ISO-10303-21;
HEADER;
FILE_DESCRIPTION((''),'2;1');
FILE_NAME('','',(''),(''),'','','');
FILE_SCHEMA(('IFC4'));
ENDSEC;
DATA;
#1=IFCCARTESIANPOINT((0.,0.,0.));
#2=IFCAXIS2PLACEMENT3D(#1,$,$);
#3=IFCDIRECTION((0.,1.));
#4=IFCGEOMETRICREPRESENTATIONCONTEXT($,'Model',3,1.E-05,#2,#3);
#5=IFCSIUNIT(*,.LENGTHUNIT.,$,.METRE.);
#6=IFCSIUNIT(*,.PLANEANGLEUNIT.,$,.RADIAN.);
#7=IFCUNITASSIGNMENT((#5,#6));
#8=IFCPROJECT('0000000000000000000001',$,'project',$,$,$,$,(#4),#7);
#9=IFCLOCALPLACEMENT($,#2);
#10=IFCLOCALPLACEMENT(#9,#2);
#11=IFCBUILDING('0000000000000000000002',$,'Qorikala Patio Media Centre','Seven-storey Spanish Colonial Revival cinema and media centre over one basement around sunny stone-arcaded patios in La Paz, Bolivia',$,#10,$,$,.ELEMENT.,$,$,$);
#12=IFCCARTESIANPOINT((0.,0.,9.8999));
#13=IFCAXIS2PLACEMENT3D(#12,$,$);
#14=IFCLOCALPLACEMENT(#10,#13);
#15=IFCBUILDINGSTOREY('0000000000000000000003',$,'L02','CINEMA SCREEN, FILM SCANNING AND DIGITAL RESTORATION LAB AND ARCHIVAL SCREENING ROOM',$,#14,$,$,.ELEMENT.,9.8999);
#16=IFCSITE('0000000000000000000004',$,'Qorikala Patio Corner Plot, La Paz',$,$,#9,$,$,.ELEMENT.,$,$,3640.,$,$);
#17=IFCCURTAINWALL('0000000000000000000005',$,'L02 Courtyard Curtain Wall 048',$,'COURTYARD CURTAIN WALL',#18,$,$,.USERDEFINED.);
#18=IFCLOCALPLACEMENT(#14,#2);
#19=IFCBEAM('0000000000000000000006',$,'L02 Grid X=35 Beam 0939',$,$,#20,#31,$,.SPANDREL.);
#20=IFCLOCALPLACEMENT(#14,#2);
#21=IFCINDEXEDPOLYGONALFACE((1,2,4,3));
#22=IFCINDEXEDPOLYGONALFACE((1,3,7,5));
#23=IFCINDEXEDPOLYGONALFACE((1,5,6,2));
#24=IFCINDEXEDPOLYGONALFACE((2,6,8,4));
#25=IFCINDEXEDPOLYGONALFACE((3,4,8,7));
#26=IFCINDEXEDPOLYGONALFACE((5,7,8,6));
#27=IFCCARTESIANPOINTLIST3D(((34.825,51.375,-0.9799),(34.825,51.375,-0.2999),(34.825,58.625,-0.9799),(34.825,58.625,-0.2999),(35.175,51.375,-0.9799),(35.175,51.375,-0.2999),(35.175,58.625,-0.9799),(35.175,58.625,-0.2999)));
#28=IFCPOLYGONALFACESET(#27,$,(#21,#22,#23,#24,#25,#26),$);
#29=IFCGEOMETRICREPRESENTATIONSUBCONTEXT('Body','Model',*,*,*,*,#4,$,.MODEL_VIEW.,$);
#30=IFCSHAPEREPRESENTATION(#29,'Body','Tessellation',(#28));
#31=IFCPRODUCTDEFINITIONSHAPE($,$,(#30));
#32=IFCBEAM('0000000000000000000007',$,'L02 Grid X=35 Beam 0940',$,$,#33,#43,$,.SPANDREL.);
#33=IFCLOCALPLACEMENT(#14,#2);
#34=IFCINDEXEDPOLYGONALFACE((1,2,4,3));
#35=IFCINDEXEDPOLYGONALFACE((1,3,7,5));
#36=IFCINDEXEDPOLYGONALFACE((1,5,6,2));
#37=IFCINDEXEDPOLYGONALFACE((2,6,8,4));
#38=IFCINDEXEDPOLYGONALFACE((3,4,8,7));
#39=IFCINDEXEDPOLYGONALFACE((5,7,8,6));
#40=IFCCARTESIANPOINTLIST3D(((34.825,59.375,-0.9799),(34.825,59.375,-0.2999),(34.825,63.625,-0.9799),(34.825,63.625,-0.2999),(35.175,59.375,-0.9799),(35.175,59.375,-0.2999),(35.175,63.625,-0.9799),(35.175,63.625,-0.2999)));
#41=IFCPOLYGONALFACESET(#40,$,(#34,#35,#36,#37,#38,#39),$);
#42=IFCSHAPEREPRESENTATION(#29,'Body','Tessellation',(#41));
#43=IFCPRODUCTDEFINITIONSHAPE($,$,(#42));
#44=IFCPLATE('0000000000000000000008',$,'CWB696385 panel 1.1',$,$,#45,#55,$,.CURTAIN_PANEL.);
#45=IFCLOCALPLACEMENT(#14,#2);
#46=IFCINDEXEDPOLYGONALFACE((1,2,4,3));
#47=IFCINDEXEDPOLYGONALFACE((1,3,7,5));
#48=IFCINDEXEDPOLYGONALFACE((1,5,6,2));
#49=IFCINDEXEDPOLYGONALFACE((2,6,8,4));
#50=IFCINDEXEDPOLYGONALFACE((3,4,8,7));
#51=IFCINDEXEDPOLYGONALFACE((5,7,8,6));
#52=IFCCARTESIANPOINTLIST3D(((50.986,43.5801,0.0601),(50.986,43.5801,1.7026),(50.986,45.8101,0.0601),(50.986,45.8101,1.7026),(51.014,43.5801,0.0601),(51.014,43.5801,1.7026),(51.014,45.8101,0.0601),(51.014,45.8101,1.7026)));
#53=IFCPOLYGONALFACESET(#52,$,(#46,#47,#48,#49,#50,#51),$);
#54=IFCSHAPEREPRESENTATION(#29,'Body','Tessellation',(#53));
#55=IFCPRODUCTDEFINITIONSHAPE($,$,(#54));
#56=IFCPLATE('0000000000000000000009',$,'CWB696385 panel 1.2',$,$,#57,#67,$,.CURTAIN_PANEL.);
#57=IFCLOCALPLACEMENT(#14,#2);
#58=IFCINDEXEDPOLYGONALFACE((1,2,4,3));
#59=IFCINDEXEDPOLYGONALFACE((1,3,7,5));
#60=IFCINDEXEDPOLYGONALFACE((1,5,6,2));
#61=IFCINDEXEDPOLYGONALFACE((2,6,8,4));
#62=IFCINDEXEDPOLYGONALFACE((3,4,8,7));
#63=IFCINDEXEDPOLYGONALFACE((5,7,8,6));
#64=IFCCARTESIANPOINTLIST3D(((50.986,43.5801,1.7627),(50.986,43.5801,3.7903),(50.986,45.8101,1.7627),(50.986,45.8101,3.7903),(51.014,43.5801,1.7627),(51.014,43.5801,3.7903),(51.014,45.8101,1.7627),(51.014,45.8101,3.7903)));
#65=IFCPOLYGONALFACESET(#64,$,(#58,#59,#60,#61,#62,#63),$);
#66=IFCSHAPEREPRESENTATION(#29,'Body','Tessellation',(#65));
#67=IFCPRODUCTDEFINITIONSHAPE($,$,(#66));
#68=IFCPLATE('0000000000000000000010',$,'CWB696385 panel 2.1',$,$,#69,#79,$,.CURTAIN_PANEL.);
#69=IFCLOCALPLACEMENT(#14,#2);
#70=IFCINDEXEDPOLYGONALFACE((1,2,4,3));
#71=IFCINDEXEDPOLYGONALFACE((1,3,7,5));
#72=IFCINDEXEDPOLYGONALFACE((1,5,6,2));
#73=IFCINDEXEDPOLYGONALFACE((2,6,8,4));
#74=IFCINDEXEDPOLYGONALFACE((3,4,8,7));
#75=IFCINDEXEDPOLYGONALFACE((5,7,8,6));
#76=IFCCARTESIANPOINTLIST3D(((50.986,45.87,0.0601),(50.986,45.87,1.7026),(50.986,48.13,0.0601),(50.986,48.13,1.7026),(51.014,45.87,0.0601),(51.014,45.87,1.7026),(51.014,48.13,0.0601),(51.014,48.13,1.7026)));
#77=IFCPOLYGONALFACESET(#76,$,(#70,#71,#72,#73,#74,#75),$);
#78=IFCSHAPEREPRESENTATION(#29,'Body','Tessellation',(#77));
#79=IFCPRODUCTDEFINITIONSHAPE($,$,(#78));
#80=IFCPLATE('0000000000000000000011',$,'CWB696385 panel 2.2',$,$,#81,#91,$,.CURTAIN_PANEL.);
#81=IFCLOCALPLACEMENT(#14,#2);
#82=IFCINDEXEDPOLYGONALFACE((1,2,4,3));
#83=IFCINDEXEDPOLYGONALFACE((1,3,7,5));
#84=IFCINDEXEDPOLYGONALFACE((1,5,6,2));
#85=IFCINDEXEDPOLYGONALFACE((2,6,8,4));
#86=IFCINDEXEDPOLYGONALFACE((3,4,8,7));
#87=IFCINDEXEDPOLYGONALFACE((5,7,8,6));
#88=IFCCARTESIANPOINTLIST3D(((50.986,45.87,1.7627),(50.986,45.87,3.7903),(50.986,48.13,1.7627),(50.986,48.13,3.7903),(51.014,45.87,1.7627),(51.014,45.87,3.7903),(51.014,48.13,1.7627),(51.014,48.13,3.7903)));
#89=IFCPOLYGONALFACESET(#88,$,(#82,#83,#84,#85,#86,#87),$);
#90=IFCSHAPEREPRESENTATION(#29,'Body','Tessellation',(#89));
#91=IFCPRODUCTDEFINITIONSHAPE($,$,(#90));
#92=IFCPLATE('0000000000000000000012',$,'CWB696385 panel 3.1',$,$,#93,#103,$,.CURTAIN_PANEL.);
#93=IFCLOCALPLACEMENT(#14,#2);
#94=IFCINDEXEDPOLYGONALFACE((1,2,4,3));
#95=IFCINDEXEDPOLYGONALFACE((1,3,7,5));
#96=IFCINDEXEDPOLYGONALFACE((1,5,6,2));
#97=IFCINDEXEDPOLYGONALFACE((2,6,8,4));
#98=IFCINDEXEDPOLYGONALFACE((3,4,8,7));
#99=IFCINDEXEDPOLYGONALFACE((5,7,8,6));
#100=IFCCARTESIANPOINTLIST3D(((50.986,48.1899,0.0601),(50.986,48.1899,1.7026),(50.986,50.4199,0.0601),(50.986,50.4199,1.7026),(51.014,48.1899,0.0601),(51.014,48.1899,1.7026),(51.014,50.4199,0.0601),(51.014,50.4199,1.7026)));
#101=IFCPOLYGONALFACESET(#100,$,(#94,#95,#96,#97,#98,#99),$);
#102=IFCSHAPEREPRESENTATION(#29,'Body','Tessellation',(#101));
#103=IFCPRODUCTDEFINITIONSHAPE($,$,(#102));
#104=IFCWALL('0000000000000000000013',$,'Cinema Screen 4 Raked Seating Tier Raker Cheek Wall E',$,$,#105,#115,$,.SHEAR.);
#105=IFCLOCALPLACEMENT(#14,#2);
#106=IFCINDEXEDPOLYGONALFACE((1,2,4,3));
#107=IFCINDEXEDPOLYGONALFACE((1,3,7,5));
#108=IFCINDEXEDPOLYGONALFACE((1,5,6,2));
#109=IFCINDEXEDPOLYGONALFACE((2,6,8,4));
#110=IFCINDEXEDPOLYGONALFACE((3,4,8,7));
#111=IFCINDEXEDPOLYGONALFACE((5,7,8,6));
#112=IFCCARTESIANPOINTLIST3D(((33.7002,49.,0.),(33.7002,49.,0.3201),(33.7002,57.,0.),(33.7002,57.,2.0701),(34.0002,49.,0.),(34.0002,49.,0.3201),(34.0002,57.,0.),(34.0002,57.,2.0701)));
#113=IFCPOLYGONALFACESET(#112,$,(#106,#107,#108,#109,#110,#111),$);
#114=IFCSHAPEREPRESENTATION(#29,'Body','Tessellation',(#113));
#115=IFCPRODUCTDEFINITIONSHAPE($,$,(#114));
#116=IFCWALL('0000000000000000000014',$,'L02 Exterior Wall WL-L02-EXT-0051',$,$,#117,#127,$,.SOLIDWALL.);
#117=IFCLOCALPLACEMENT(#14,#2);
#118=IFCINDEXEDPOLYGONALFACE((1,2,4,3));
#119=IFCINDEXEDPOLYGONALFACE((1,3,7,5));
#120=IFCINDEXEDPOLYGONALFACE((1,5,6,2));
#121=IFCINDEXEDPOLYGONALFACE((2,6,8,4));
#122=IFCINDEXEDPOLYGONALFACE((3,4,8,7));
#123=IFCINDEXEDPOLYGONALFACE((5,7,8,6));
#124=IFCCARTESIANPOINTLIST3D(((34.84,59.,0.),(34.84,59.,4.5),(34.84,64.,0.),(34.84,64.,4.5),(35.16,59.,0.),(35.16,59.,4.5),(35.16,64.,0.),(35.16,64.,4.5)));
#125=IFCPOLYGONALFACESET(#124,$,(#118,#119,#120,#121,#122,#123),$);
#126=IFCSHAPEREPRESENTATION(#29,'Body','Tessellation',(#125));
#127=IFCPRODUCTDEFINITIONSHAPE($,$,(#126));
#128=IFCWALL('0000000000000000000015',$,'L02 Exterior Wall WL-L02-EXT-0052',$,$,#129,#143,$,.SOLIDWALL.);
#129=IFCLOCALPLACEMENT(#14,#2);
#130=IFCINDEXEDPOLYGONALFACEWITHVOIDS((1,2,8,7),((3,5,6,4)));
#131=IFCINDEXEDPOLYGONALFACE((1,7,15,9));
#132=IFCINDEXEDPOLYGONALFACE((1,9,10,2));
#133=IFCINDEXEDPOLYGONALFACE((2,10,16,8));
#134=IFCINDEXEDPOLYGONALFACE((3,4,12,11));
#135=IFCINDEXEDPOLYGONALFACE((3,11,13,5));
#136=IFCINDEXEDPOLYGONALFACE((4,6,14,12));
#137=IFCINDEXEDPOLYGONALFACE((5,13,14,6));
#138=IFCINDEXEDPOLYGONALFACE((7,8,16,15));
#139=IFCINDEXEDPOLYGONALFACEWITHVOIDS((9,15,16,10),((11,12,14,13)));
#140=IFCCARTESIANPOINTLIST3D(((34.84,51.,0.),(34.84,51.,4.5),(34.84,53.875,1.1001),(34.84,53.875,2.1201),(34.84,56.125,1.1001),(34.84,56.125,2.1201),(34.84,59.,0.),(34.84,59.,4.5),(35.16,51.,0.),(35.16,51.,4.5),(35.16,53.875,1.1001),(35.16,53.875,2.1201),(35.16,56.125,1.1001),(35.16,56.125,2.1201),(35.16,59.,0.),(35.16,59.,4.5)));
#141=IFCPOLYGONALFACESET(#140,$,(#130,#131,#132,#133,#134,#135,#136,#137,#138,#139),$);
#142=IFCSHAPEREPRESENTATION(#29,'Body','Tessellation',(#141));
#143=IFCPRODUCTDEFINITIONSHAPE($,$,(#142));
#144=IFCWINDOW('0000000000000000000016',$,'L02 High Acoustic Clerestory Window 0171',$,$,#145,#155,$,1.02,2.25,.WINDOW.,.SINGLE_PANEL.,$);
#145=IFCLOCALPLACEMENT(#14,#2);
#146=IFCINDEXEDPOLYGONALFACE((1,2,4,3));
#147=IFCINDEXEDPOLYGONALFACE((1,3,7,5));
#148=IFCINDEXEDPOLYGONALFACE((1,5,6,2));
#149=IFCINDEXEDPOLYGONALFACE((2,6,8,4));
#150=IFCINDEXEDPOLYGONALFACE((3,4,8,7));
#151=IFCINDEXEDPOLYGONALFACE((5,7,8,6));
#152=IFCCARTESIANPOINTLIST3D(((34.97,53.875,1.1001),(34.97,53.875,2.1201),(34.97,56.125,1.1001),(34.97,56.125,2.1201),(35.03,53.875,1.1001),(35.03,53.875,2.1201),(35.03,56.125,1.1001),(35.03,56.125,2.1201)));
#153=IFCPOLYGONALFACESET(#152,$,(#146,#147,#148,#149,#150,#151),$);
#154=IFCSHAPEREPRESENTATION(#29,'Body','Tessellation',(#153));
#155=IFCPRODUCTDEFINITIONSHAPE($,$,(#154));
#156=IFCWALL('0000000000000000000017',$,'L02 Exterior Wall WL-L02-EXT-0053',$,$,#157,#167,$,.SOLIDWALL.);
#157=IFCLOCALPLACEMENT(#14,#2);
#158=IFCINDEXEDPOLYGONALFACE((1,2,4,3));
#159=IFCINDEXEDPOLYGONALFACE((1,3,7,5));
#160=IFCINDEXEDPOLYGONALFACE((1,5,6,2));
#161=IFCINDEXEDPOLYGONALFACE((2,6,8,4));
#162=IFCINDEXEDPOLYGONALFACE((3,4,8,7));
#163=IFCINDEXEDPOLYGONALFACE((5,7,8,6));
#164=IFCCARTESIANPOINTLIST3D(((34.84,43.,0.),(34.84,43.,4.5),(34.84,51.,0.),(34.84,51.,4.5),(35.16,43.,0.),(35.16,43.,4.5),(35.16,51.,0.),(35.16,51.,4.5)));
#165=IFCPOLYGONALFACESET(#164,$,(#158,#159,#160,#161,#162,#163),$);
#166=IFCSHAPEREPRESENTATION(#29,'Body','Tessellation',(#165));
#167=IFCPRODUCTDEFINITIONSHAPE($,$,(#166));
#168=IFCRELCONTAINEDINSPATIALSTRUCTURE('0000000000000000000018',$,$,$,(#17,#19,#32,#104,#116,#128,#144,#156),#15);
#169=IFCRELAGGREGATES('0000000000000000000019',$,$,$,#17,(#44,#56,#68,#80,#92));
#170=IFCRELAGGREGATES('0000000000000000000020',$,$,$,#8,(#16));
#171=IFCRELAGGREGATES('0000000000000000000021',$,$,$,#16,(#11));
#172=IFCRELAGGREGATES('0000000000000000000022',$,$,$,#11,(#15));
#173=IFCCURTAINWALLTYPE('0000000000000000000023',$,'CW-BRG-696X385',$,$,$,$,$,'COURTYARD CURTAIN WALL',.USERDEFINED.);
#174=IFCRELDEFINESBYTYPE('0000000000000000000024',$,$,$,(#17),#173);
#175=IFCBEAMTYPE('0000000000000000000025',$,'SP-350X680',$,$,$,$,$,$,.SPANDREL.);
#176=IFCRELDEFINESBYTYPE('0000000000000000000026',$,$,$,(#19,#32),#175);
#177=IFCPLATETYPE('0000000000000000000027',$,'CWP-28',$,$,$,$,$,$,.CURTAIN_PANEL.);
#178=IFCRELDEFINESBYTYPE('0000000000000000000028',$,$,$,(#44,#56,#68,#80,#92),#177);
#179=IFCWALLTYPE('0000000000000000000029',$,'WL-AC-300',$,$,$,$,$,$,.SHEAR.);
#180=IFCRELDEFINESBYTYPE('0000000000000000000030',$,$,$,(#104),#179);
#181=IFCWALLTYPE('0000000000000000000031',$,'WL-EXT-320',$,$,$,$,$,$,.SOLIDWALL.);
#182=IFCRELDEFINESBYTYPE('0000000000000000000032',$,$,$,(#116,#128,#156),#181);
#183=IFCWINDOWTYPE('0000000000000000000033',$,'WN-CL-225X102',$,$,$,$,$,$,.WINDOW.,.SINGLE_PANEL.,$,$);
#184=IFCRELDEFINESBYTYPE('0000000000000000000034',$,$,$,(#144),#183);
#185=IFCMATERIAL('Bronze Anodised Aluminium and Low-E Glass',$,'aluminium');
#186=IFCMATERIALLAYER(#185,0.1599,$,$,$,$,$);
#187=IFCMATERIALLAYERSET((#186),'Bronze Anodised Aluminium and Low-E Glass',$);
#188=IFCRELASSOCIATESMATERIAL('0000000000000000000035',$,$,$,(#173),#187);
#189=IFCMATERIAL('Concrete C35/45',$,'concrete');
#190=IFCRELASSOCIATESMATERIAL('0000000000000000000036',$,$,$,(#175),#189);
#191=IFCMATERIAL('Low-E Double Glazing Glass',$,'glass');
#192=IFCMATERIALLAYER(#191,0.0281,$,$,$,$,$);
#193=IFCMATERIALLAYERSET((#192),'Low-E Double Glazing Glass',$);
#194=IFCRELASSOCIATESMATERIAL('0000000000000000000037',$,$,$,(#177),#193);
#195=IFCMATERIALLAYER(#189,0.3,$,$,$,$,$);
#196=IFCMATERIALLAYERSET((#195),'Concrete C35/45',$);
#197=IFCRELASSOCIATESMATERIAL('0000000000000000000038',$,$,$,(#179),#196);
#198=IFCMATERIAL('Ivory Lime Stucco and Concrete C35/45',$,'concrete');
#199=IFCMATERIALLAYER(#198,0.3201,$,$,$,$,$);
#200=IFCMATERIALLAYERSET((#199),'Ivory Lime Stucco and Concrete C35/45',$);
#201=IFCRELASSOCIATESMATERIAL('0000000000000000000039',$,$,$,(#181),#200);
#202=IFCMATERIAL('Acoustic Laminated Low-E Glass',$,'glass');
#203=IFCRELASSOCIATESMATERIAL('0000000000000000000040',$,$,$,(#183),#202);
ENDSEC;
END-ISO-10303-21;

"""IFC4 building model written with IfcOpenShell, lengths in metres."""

from ifc_helpers import new_model, si_unit, direction, frame, frame_2d, origin, origin_2d, place, context, subcontext, project, spatial, polyline, rectangle, outline, extrude, material, layer, layer_set, material_profile, profile_set, type_object, element, fill, aggregate, save


model = new_model("IFC4")

# Units and contexts
model_context = context("Model", 3, precision=1e-05, world=origin(), true_north=direction((0.0, 1.0)))
body_context = subcontext(model_context, "Body", "Model", "MODEL_VIEW")
ifc_project = project(units=[si_unit("LENGTHUNIT", "METRE"), si_unit("PLANEANGLEUNIT", "RADIAN")], contexts=[model_context])

# Site, building, storey
site_placement = place(None, origin())
site = spatial("IfcSite", under=ifc_project, at=site_placement, Name="Qorikala Patio Corner Plot, La Paz", CompositionType="ELEMENT", RefElevation=3640.0)
building_placement = place(site_placement, origin())
building = spatial("IfcBuilding", under=site, at=building_placement, Name="Qorikala Patio Media Centre", Description="Seven-storey Spanish Colonial Revival cinema and media centre over one basement around sunny stone-arcaded patios in La Paz, Bolivia", CompositionType="ELEMENT")
storey_placement = place(building_placement, frame((0.0, 0.0, 9.8999)))
storey = spatial("IfcBuildingStorey", under=building, at=storey_placement, Name="L02", Description="CINEMA SCREEN, FILM SCANNING AND DIGITAL RESTORATION LAB AND ARCHIVAL SCREENING ROOM", CompositionType="ELEMENT", Elevation=9.8999)

# Shared definitions
ifc_material_1 = material(Name="Concrete C35/45", Category="concrete")

# Curtain wall
ifc_material_2 = material(Name="Bronze Anodised Aluminium and Low-E Glass", Category="aluminium")
ifc_layer_1 = layer(ifc_material_2, 0.1599)
ifc_layer_set_1 = layer_set([ifc_layer_1], Name="Bronze Anodised Aluminium and Low-E Glass")
curtain_wall_type = type_object("IfcCurtainWallType", Name="CW-BRG-696X385", ElementType="COURTYARD CURTAIN WALL", PredefinedType="USERDEFINED", material=ifc_layer_set_1)
curtain_wall_placement = place(storey_placement, origin())
curtain_wall = element("IfcCurtainWall", 1, at=curtain_wall_placement, inside=storey, type_object=curtain_wall_type, Name="L02 Courtyard Curtain Wall 048", ObjectType="COURTYARD CURTAIN WALL", PredefinedType="USERDEFINED")

# Beams
ifc_material_profile_1 = material_profile(ifc_material_1, rectangle(XDim=0.3501, YDim=0.6799, at=origin_2d()), Name="RC 350x680")
ifc_profile_set_1 = profile_set([ifc_material_profile_1], Name="Concrete C35/45")
beam_type_1 = type_object("IfcBeamType", Name="SP-350X680", PredefinedType="SPANDREL", material=ifc_profile_set_1)
beam_1_placement = place(storey_placement, frame((35.0, 51.375, -0.6399), z_axis=(0.0, 1.0, 0.0), x_axis=(-1.0, 0.0, 0.0)))
element("IfcBeam", 2, at=beam_1_placement, inside=storey, type_object=beam_type_1, Name="L02 Grid X=35 Beam 0939", PredefinedType="SPANDREL", context=body_context, shape_type="SweptSolid", body=[
    extrude(rectangle(XDim=0.3501, YDim=0.6799, at=origin_2d()), origin(), (0.0, 0.0, 1.0), 7.25),
])
beam_2_placement = place(storey_placement, frame((35.0, 59.375, -0.6399), z_axis=(0.0, 1.0, 0.0), x_axis=(-1.0, 0.0, 0.0)))
element("IfcBeam", 3, at=beam_2_placement, inside=storey, type_object=beam_type_1, Name="L02 Grid X=35 Beam 0940", PredefinedType="SPANDREL", context=body_context, shape_type="SweptSolid", body=[
    extrude(rectangle(XDim=0.3501, YDim=0.6799, at=origin_2d()), origin(), (0.0, 0.0, 1.0), 4.25),
])

# Plates
ifc_material_3 = material(Name="Low-E Double Glazing Glass", Category="glass")
ifc_layer_2 = layer(ifc_material_3, 0.0281)
ifc_layer_set_2 = layer_set([ifc_layer_2], Name="Low-E Double Glazing Glass")
plate_type = type_object("IfcPlateType", Name="CWP-28", PredefinedType="CURTAIN_PANEL", material=ifc_layer_set_2)
plate_1_placement = place(storey_placement, frame((51.0, 44.6951, 0.0601), z_axis=(0.0, 0.0, 1.0), x_axis=(0.0, 1.0, 0.0)))
plate_1 = element("IfcPlate", 4, at=plate_1_placement, type_object=plate_type, Name="CWB696385 panel 1.1", PredefinedType="CURTAIN_PANEL", context=body_context, shape_type="SweptSolid", body=[
    extrude(rectangle(XDim=2.23, YDim=0.0281, at=origin_2d()), origin(), (0.0, 0.0, 1.0), 1.6426),
])
plate_2_placement = place(storey_placement, frame((51.0, 44.6951, 1.7627), z_axis=(0.0, 0.0, 1.0), x_axis=(0.0, 1.0, 0.0)))
plate_2 = element("IfcPlate", 5, at=plate_2_placement, type_object=plate_type, Name="CWB696385 panel 1.2", PredefinedType="CURTAIN_PANEL", context=body_context, shape_type="SweptSolid", body=[
    extrude(rectangle(XDim=2.23, YDim=0.0281, at=origin_2d()), origin(), (0.0, 0.0, 1.0), 2.0276),
])
plate_3_placement = place(storey_placement, frame((51.0, 47.0, 0.0601), z_axis=(0.0, 0.0, 1.0), x_axis=(0.0, 1.0, 0.0)))
plate_3 = element("IfcPlate", 6, at=plate_3_placement, type_object=plate_type, Name="CWB696385 panel 2.1", PredefinedType="CURTAIN_PANEL", context=body_context, shape_type="SweptSolid", body=[
    extrude(rectangle(XDim=2.26, YDim=0.0281, at=origin_2d()), origin(), (0.0, 0.0, 1.0), 1.6426),
])
plate_4_placement = place(storey_placement, frame((51.0, 47.0, 1.7627), z_axis=(0.0, 0.0, 1.0), x_axis=(0.0, 1.0, 0.0)))
plate_4 = element("IfcPlate", 7, at=plate_4_placement, type_object=plate_type, Name="CWB696385 panel 2.2", PredefinedType="CURTAIN_PANEL", context=body_context, shape_type="SweptSolid", body=[
    extrude(rectangle(XDim=2.26, YDim=0.0281, at=origin_2d()), origin(), (0.0, 0.0, 1.0), 2.0276),
])
plate_5_placement = place(storey_placement, frame((51.0, 49.3049, 0.0601), z_axis=(0.0, 0.0, 1.0), x_axis=(0.0, 1.0, 0.0)))
plate_5 = element("IfcPlate", 8, at=plate_5_placement, type_object=plate_type, Name="CWB696385 panel 3.1", PredefinedType="CURTAIN_PANEL", context=body_context, shape_type="SweptSolid", body=[
    extrude(rectangle(XDim=2.23, YDim=0.0281, at=origin_2d()), origin(), (0.0, 0.0, 1.0), 1.6426),
])
aggregate(curtain_wall, [plate_1, plate_2, plate_3, plate_4, plate_5])

# Walls
ifc_layer_3 = layer(ifc_material_1, 0.3)
ifc_layer_set_3 = layer_set([ifc_layer_3], Name="Concrete C35/45")
wall_type_1 = type_object("IfcWallType", Name="WL-AC-300", PredefinedType="SHEAR", material=ifc_layer_set_3)
wall_1_placement = place(storey_placement, frame((33.8501, 49.0, 0.0), z_axis=(0.0, 0.0, 1.0), x_axis=(0.0, 1.0, 0.0)))
element("IfcWall", 9, at=wall_1_placement, inside=storey, type_object=wall_type_1, Name="Cinema Screen 4 Raked Seating Tier Raker Cheek Wall E", PredefinedType="SHEAR", context=body_context, shape_type="SweptSolid", body=[
    extrude(outline(polyline([(0.0, 0.0), (8.0, 0.0), (8.0, 2.0701), (0.0, 0.3201), (0.0, 0.0)])), frame((0.0, 0.1499, 0.0), z_axis=(0.0, -1.0, 0.0), x_axis=(1.0, 0.0, 0.0)), (0.0, 0.0, 1.0), 0.3),
])
ifc_material_4 = material(Name="Ivory Lime Stucco and Concrete C35/45", Category="concrete")
ifc_layer_4 = layer(ifc_material_4, 0.3201)
ifc_layer_set_4 = layer_set([ifc_layer_4], Name="Ivory Lime Stucco and Concrete C35/45")
wall_type_2 = type_object("IfcWallType", Name="WL-EXT-320", PredefinedType="SOLIDWALL", material=ifc_layer_set_4)
wall_2_placement = place(storey_placement, frame((35.0, 64.0, 0.0), z_axis=(0.0, 0.0, 1.0), x_axis=(0.0, -1.0, 0.0)))
element("IfcWall", 10, at=wall_2_placement, inside=storey, type_object=wall_type_2, Name="L02 Exterior Wall WL-L02-EXT-0051", PredefinedType="SOLIDWALL", context=body_context, shape_type="SweptSolid", body=[
    extrude(rectangle(XDim=5.0, YDim=0.3201, at=frame_2d((2.5, 0.0))), origin(), (0.0, 0.0, 1.0), 4.5),
])

# Wall, opening, window
wall_3_placement = place(storey_placement, frame((35.0, 59.0, 0.0), z_axis=(0.0, 0.0, 1.0), x_axis=(0.0, -1.0, 0.0)))
wall_3 = element("IfcWall", 11, at=wall_3_placement, inside=storey, type_object=wall_type_2, Name="L02 Exterior Wall WL-L02-EXT-0052", PredefinedType="SOLIDWALL", context=body_context, shape_type="SweptSolid", body=[
    extrude(rectangle(XDim=8.0, YDim=0.3201, at=frame_2d((4.0, 0.0))), origin(), (0.0, 0.0, 1.0), 4.5),
])
opening_placement = place(wall_3_placement, frame((2.875, 0.0, 1.1001)))
opening = element("IfcOpeningElement", 12, at=opening_placement, cuts=wall_3, PredefinedType="OPENING", context=body_context, shape_type="SweptSolid", body=[
    extrude(rectangle(XDim=2.25, YDim=1.02, at=frame_2d((1.125, 0.51))), frame((0.0, 0.1699, 0.0), z_axis=(0.0, -1.0, 0.0), x_axis=(1.0, 0.0, 0.0)), (0.0, 0.0, 1.0), 0.3401),
])
ifc_material_5 = material(Name="Acoustic Laminated Low-E Glass", Category="glass")
window_type = type_object("IfcWindowType", Name="WN-CL-225X102", PartitioningType="SINGLE_PANEL", PredefinedType="WINDOW", material=ifc_material_5)
window_placement = place(opening_placement, origin())
window = element("IfcWindow", 13, at=window_placement, inside=storey, type_object=window_type, Name="L02 High Acoustic Clerestory Window 0171", OverallHeight=1.02, OverallWidth=2.25, PartitioningType="SINGLE_PANEL", PredefinedType="WINDOW", context=body_context, shape_type="SweptSolid", body=[
    extrude(rectangle(XDim=2.25, YDim=1.02, at=frame_2d((1.125, 0.51))), frame((0.0, 0.03, 0.0), z_axis=(0.0, -1.0, 0.0), x_axis=(1.0, 0.0, 0.0)), (0.0, 0.0, 1.0), 0.0601),
])
fill(opening, window)

# Wall
wall_4_placement = place(storey_placement, frame((35.0, 51.0, 0.0), z_axis=(0.0, 0.0, 1.0), x_axis=(0.0, -1.0, 0.0)))
element("IfcWall", 14, at=wall_4_placement, inside=storey, type_object=wall_type_2, Name="L02 Exterior Wall WL-L02-EXT-0053", PredefinedType="SOLIDWALL", context=body_context, shape_type="SweptSolid", body=[
    extrude(rectangle(XDim=8.0, YDim=0.3201, at=frame_2d((4.0, 0.0))), origin(), (0.0, 0.0, 1.0), 4.5),
])

save(model, "model.ifc")
